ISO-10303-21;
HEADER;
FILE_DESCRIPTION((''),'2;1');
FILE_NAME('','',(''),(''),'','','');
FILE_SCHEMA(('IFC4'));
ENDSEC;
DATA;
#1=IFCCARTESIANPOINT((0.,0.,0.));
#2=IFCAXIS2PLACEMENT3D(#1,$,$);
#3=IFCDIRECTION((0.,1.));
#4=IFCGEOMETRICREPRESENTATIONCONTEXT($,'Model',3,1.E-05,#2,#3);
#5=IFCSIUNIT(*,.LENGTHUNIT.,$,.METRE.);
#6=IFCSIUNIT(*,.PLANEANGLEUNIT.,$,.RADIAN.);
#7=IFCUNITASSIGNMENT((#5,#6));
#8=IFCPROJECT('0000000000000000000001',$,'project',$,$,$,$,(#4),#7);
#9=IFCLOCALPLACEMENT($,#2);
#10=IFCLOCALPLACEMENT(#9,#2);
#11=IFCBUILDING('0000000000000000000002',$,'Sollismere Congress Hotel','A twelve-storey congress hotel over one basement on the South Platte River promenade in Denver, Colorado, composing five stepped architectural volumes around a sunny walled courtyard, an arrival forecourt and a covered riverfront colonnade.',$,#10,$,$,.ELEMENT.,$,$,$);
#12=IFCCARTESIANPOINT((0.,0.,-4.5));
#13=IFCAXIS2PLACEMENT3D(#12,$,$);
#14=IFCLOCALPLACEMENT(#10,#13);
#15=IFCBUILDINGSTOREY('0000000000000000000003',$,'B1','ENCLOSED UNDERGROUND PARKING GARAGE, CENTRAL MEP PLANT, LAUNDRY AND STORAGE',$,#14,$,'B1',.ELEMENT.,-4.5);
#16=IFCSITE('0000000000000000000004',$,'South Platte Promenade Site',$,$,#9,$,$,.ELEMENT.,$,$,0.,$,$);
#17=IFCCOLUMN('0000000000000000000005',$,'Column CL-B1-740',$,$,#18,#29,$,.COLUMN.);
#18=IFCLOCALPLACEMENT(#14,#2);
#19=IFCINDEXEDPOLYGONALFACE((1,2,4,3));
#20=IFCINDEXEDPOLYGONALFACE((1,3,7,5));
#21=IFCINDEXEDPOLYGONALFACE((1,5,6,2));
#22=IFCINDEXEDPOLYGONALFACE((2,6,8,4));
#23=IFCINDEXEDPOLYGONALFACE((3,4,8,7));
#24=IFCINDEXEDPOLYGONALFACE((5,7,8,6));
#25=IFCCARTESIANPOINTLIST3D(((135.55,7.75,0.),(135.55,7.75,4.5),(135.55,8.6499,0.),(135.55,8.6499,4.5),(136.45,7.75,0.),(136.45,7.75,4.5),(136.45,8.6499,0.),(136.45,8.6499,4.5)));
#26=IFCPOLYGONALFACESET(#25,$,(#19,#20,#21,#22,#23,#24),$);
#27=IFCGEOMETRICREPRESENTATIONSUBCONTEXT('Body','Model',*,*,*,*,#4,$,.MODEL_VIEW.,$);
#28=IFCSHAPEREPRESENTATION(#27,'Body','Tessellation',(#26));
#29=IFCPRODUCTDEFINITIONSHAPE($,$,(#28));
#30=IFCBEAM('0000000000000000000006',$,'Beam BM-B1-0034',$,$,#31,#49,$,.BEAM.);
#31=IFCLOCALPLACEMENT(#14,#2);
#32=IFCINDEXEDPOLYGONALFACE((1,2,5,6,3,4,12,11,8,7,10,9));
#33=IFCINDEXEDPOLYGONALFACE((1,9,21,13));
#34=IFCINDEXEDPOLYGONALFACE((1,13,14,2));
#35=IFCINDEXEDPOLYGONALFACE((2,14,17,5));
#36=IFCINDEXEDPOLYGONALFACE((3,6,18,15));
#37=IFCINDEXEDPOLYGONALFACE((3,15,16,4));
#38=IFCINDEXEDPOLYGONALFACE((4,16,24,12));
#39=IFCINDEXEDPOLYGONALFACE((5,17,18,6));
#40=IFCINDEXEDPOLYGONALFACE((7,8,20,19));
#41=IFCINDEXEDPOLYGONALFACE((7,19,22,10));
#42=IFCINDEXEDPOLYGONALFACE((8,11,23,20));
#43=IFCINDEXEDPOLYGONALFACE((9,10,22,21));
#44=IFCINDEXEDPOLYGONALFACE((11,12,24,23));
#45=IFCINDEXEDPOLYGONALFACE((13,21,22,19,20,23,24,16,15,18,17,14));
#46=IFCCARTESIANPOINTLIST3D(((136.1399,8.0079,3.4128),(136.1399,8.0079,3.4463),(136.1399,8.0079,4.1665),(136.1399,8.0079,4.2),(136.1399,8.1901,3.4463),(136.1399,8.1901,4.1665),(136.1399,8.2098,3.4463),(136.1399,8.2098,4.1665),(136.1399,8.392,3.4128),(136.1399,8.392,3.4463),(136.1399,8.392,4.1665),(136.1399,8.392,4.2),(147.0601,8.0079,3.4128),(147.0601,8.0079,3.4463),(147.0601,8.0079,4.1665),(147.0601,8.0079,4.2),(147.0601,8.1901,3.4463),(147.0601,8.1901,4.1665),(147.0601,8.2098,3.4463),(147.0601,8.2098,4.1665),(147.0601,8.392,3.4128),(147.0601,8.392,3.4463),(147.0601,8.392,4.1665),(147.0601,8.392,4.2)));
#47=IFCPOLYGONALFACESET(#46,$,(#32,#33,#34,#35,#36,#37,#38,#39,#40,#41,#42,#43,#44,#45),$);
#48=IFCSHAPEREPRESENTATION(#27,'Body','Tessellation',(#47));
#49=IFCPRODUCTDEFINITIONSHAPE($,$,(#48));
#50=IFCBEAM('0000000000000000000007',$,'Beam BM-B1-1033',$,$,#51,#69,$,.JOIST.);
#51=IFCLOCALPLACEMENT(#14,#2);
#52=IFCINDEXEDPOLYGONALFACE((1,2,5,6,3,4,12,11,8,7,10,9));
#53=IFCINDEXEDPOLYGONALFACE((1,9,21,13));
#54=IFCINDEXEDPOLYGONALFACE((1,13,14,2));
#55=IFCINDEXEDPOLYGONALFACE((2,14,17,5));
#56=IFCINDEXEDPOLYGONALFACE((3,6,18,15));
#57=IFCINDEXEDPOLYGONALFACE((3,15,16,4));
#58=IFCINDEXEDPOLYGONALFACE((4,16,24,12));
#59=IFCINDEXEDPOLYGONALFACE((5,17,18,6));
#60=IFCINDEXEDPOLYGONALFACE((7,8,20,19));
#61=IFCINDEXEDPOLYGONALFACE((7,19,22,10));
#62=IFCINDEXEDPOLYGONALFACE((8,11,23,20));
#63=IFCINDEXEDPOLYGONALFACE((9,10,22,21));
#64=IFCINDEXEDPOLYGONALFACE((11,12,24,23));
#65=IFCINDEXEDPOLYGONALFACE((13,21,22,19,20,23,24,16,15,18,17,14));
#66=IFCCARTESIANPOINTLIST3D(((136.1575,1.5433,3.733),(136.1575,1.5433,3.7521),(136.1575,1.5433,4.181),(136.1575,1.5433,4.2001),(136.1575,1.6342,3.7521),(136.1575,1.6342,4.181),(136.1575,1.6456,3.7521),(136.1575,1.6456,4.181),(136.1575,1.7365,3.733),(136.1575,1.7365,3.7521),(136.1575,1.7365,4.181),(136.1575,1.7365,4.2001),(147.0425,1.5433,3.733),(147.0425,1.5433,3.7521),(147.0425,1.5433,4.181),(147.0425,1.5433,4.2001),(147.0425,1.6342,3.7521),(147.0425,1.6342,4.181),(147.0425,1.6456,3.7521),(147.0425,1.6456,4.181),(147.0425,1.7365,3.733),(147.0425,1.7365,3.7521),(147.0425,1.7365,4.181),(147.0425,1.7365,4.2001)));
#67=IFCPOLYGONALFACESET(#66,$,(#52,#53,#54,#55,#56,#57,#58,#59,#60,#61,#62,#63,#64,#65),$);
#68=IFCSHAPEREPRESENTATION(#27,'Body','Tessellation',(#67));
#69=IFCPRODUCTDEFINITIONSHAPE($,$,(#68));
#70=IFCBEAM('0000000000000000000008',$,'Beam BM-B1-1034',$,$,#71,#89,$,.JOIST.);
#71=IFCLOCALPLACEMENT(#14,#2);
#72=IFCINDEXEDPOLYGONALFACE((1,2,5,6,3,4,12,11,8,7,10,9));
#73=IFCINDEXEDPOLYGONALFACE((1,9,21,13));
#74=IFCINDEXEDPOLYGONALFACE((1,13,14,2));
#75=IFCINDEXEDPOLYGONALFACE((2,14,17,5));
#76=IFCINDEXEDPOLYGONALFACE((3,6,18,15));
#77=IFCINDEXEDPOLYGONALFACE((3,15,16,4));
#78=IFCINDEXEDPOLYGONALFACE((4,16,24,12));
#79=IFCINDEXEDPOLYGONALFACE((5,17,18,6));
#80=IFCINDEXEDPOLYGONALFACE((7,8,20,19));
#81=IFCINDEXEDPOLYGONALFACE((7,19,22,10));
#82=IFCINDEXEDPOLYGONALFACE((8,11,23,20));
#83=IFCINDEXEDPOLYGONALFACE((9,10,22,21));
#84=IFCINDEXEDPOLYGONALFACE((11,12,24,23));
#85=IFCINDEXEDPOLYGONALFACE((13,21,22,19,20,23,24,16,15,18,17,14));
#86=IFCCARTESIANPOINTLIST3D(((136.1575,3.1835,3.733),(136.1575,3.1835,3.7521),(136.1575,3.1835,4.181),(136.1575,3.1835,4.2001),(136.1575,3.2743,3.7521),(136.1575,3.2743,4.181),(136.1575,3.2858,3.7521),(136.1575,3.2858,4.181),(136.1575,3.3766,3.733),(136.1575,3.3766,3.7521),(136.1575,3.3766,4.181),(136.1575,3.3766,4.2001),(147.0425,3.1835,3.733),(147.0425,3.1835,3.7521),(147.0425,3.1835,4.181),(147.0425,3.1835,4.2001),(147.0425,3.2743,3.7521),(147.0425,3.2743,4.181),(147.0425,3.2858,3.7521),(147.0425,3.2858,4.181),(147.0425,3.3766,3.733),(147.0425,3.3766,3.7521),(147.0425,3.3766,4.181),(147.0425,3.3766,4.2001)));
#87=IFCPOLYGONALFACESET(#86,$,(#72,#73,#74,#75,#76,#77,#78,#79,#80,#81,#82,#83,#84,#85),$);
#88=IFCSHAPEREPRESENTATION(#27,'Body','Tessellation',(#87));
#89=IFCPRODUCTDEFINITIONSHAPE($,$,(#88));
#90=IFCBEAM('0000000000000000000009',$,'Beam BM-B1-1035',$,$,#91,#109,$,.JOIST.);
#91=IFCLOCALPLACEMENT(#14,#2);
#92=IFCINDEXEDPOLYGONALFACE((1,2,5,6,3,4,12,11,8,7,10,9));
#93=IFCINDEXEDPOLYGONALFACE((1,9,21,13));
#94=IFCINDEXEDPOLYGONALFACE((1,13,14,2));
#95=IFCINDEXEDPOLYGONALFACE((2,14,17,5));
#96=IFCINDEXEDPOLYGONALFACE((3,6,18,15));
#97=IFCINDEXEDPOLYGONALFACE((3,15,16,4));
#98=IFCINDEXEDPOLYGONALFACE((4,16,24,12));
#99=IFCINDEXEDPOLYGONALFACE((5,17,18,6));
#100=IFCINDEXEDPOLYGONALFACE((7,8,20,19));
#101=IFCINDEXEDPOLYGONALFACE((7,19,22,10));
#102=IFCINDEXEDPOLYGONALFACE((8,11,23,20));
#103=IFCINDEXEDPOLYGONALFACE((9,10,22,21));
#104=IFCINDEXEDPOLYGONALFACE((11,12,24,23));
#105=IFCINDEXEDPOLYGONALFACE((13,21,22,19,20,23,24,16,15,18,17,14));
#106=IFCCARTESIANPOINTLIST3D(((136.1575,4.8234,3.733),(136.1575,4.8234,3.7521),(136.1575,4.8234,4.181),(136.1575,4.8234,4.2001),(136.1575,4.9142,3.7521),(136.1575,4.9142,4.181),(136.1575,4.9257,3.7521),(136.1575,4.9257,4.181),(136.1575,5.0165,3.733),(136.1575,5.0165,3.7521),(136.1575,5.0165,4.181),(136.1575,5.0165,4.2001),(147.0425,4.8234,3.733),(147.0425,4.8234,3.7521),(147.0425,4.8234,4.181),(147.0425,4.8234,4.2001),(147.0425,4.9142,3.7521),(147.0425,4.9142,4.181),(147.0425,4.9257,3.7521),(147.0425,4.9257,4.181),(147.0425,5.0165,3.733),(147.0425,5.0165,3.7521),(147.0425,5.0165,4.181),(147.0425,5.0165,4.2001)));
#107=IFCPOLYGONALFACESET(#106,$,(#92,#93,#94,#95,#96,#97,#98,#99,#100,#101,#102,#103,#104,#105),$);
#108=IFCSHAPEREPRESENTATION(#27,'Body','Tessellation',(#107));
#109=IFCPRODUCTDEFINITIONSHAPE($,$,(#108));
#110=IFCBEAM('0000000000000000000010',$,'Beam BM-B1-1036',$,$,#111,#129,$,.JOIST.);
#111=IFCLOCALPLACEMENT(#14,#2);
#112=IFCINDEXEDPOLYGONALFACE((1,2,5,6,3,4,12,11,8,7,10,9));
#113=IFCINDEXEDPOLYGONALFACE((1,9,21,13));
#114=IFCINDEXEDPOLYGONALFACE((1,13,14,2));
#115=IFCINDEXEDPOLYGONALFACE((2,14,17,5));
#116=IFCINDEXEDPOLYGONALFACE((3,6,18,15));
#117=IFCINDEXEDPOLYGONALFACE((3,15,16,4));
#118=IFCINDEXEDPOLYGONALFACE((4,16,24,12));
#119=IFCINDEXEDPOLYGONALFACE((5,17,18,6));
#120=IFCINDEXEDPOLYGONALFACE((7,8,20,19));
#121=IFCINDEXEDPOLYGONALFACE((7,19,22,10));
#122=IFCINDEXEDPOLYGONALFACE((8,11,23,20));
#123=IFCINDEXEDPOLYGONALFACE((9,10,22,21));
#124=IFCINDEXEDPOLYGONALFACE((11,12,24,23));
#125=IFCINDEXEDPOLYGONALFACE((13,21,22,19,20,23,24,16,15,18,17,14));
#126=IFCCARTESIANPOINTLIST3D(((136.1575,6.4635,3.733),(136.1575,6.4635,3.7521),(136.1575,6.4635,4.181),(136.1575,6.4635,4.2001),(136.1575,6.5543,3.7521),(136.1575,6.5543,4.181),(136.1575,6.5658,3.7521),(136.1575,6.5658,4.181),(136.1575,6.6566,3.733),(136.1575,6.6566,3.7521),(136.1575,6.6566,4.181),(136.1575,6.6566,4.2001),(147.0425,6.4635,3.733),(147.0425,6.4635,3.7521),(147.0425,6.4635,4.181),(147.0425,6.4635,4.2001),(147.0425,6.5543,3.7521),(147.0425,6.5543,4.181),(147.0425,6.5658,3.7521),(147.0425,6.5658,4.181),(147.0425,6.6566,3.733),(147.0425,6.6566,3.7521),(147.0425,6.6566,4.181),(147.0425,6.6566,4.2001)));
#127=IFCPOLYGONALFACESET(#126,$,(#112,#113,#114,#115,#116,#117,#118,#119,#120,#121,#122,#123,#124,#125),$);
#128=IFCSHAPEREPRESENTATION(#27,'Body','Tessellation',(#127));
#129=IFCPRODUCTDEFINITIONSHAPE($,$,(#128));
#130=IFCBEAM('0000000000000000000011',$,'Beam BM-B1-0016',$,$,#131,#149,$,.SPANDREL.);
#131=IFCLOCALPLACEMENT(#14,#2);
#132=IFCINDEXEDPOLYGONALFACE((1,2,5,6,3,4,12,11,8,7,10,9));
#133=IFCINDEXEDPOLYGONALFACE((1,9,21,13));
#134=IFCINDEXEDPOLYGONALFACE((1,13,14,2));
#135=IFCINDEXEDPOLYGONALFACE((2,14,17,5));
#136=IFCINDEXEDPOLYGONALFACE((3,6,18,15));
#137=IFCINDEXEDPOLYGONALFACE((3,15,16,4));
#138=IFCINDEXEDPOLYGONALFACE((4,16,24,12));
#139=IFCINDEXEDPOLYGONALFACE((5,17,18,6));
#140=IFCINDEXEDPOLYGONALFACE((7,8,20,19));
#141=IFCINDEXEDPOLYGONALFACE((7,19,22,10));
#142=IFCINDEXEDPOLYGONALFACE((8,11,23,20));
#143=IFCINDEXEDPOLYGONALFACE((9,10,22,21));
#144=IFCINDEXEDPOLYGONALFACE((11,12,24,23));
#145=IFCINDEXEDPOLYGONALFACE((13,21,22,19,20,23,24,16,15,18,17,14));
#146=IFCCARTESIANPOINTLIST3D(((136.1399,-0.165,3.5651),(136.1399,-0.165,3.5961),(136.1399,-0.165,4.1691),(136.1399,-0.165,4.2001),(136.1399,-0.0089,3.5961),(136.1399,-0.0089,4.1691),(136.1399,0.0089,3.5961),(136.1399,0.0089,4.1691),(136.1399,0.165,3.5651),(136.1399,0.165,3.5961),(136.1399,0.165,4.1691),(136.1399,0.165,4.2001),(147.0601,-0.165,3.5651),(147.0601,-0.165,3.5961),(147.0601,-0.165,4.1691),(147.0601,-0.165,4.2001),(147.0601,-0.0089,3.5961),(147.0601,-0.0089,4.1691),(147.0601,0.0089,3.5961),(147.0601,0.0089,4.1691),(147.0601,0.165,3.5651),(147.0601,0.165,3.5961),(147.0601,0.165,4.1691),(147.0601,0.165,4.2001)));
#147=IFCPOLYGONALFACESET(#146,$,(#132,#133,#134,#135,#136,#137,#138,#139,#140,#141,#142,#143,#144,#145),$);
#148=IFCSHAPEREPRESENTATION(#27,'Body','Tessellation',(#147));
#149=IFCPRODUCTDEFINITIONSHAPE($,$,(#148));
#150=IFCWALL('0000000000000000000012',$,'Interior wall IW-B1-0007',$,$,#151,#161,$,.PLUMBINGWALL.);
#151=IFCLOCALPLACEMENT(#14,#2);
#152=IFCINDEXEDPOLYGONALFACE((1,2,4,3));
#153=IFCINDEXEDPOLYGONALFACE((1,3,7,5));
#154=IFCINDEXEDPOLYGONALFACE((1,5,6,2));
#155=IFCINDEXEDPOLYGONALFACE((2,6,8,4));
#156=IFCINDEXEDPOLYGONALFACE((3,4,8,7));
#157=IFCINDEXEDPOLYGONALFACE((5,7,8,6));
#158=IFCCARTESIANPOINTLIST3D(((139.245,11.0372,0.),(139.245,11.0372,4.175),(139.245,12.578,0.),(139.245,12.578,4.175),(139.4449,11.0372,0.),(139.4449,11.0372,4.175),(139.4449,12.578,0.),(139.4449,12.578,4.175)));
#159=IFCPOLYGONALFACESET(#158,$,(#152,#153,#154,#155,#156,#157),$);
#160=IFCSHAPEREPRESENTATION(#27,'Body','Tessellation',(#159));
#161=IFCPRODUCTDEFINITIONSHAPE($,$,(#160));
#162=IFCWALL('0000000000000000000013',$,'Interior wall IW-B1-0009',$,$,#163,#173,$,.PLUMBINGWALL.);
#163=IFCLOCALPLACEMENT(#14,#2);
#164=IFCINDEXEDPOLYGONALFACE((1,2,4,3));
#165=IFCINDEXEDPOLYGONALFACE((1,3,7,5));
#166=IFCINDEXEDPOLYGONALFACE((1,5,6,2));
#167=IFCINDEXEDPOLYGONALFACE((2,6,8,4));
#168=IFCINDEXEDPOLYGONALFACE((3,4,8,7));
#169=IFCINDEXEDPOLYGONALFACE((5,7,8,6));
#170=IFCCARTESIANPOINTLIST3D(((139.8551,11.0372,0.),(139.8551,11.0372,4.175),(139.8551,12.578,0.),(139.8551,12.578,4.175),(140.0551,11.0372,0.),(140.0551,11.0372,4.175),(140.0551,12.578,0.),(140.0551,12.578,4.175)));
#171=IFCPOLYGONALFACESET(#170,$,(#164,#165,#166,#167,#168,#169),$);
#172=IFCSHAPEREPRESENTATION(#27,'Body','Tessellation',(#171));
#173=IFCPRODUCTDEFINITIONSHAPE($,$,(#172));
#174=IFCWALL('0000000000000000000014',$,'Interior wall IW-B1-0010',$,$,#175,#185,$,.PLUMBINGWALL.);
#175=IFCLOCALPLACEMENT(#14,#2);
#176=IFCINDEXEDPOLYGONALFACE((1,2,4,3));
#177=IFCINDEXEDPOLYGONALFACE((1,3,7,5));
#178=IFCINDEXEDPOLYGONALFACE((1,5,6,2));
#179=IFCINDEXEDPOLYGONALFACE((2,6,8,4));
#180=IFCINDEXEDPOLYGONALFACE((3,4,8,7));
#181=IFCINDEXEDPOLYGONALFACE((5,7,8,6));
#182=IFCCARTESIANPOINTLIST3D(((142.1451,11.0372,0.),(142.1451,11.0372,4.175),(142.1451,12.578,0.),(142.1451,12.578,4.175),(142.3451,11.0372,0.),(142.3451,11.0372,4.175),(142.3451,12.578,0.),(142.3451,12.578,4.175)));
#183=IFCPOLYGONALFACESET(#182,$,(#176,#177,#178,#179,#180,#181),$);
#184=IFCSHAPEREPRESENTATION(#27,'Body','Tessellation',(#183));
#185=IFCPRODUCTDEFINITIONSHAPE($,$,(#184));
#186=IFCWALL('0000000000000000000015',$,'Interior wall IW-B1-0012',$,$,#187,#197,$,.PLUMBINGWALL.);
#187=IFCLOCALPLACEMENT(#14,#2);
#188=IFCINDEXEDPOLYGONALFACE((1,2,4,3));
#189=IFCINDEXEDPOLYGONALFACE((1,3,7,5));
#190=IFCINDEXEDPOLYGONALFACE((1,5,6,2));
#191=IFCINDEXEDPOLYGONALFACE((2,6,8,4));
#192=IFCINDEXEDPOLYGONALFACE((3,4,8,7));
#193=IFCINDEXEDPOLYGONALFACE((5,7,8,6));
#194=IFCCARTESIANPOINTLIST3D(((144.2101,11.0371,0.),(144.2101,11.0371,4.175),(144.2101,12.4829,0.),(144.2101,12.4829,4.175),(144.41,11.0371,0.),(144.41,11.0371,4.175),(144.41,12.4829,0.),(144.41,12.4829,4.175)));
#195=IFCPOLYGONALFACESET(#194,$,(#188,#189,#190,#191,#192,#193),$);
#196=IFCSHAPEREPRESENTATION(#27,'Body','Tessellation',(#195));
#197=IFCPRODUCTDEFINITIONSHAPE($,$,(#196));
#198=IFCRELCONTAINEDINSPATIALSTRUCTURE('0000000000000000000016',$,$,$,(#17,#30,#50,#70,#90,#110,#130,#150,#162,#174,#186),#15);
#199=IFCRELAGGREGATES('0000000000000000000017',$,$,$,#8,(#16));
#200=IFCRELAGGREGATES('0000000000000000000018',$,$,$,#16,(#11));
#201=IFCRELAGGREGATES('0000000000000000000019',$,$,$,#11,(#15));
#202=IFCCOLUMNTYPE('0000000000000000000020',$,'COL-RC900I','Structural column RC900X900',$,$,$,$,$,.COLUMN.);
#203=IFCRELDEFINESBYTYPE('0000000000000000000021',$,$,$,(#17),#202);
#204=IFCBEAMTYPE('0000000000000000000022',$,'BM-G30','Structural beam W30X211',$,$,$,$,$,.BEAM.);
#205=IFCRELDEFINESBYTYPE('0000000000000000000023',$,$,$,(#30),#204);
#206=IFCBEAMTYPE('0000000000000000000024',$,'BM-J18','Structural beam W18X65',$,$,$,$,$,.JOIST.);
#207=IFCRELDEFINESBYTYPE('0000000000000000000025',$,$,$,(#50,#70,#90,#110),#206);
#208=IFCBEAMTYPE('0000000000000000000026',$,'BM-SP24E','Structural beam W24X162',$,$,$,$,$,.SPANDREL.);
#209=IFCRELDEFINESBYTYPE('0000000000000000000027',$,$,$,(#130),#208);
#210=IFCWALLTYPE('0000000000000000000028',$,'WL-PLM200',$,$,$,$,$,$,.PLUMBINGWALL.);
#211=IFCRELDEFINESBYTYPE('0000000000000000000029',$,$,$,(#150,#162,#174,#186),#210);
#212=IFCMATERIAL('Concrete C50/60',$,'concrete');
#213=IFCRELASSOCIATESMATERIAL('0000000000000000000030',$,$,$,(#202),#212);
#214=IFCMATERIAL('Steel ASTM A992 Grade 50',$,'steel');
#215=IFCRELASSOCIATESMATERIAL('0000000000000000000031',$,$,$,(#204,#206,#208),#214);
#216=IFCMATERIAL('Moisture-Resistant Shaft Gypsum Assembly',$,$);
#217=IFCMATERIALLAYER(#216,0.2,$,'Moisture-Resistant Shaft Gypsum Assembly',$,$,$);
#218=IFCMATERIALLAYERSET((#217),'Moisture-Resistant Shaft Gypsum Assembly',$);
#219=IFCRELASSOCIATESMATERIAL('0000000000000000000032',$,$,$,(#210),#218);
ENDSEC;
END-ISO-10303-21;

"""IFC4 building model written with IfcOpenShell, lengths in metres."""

from ifc_helpers import new_model, si_unit, direction, frame, frame_2d, origin, origin_2d, place, context, subcontext, project, spatial, rectangle, i_section, extrude, material, layer, layer_set, material_profile, profile_set, type_object, element, save


model = new_model("IFC4")

# Units and contexts
model_context = context("Model", 3, precision=1e-05, world=origin(), true_north=direction((0.0, 1.0)))
body_context = subcontext(model_context, "Body", "Model", "MODEL_VIEW")
ifc_project = project(units=[si_unit("LENGTHUNIT", "METRE"), si_unit("PLANEANGLEUNIT", "RADIAN")], contexts=[model_context])

# Site, building, storey
site_placement = place(None, origin())
site = spatial("IfcSite", under=ifc_project, at=site_placement, Name="South Platte Promenade Site", CompositionType="ELEMENT", RefElevation=0.0)
building_placement = place(site_placement, origin())
building = spatial("IfcBuilding", under=site, at=building_placement, Name="Sollismere Congress Hotel", Description="A twelve-storey congress hotel over one basement on the South Platte River promenade in Denver, Colorado, composing five stepped architectural volumes around a sunny walled courtyard, an arrival forecourt and a covered riverfront colonnade.", CompositionType="ELEMENT")
storey_placement = place(building_placement, frame((0.0, 0.0, -4.5)))
storey = spatial("IfcBuildingStorey", under=building, at=storey_placement, Name="B1", Description="ENCLOSED UNDERGROUND PARKING GARAGE, CENTRAL MEP PLANT, LAUNDRY AND STORAGE", LongName="B1", CompositionType="ELEMENT", Elevation=-4.5)

# Column
ifc_material_1 = material(Name="Concrete C50/60", Category="concrete")
ifc_material_profile_1 = material_profile(ifc_material_1, rectangle(XDim=0.8999, YDim=0.8999, at=origin_2d()), Name="RC900X900")
ifc_profile_set_1 = profile_set([ifc_material_profile_1], Name="Concrete C50/60")
column_type = type_object("IfcColumnType", Name="COL-RC900I", Description="Structural column RC900X900", PredefinedType="COLUMN", material=ifc_profile_set_1)
column_placement = place(storey_placement, frame((136.0, 8.2, 0.0), z_axis=(0.0, 0.0, 1.0), x_axis=(1.0, 0.0, 0.0)))
element("IfcColumn", 1, at=column_placement, inside=storey, type_object=column_type, Name="Column CL-B1-740", PredefinedType="COLUMN", context=body_context, shape_type="SweptSolid", body=[
    extrude(rectangle(XDim=0.8999, YDim=0.8999, at=origin_2d()), origin(), (0.0, 0.0, 1.0), 4.5),
])

# Beams
ifc_material_2 = material(Name="Steel ASTM A992 Grade 50", Category="steel")
ifc_material_profile_2 = material_profile(ifc_material_2, i_section(OverallWidth=0.384, OverallDepth=0.7871, WebThickness=0.0198, FlangeThickness=0.0334, at=origin_2d()), Name="W30X211")
ifc_profile_set_2 = profile_set([ifc_material_profile_2], Name="Steel ASTM A992 Grade 50")
beam_type_1 = type_object("IfcBeamType", Name="BM-G30", Description="Structural beam W30X211", PredefinedType="BEAM", material=ifc_profile_set_2)
beam_1_placement = place(storey_placement, frame((136.1399, 8.2, 3.8064), z_axis=(1.0, 0.0, 0.0), x_axis=(0.0, 1.0, 0.0)))
element("IfcBeam", 2, at=beam_1_placement, inside=storey, type_object=beam_type_1, Name="Beam BM-B1-0034", PredefinedType="BEAM", context=body_context, shape_type="SweptSolid", body=[
    extrude(i_section(OverallWidth=0.384, OverallDepth=0.7871, WebThickness=0.0198, FlangeThickness=0.0334, at=origin_2d()), origin(), (0.0, 0.0, 1.0), 10.9202),
])
ifc_material_profile_3 = material_profile(ifc_material_2, i_section(OverallWidth=0.1931, OverallDepth=0.467, WebThickness=0.0115, FlangeThickness=0.019, at=origin_2d()), Name="W18X65")
ifc_profile_set_3 = profile_set([ifc_material_profile_3], Name="Steel ASTM A992 Grade 50")
beam_type_2 = type_object("IfcBeamType", Name="BM-J18", Description="Structural beam W18X65", PredefinedType="JOIST", material=ifc_profile_set_3)
for number, where, z_axis, x_axis, name in (
    (3, (136.1575, 1.6399, 3.9666), (1.0, 0.0, 0.0), (0.0, 1.0, 0.0), "Beam BM-B1-1033"),
    (4, (136.1575, 3.28, 3.9666), (1.0, 0.0, 0.0), (0.0, 1.0, 0.0), "Beam BM-B1-1034"),
    (5, (136.1575, 4.9199, 3.9666), (1.0, 0.0, 0.0), (0.0, 1.0, 0.0), "Beam BM-B1-1035"),
    (6, (136.1575, 6.5601, 3.9666), (1.0, 0.0, 0.0), (0.0, 1.0, 0.0), "Beam BM-B1-1036"),
):
    element("IfcBeam", number, at=place(storey_placement, frame(where, z_axis=z_axis, x_axis=x_axis)), inside=storey, type_object=beam_type_2, Name=name, PredefinedType="JOIST", context=body_context, shape_type="SweptSolid", body=[
        extrude(i_section(OverallWidth=0.1931, OverallDepth=0.467, WebThickness=0.0115, FlangeThickness=0.019, at=origin_2d()), origin(), (0.0, 0.0, 1.0), 10.885),
    ])
ifc_material_profile_4 = material_profile(ifc_material_2, i_section(OverallWidth=0.3301, OverallDepth=0.635, WebThickness=0.0178, FlangeThickness=0.031, at=origin_2d()), Name="W24X162")
ifc_profile_set_4 = profile_set([ifc_material_profile_4], Name="Steel ASTM A992 Grade 50")
beam_type_3 = type_object("IfcBeamType", Name="BM-SP24E", Description="Structural beam W24X162", PredefinedType="SPANDREL", material=ifc_profile_set_4)
beam_2_placement = place(storey_placement, frame((136.1399, 0.0, 3.8826), z_axis=(1.0, 0.0, 0.0), x_axis=(0.0, 1.0, 0.0)))
element("IfcBeam", 7, at=beam_2_placement, inside=storey, type_object=beam_type_3, Name="Beam BM-B1-0016", PredefinedType="SPANDREL", context=body_context, shape_type="SweptSolid", body=[
    extrude(i_section(OverallWidth=0.3301, OverallDepth=0.635, WebThickness=0.0178, FlangeThickness=0.031, at=origin_2d()), origin(), (0.0, 0.0, 1.0), 10.9202),
])

# Walls
ifc_material_3 = material(Name="Moisture-Resistant Shaft Gypsum Assembly")
ifc_layer_1 = layer(ifc_material_3, 0.2, Name="Moisture-Resistant Shaft Gypsum Assembly")
ifc_layer_set_1 = layer_set([ifc_layer_1], Name="Moisture-Resistant Shaft Gypsum Assembly")
wall_type_1 = type_object("IfcWallType", Name="WL-PLM200", PredefinedType="PLUMBINGWALL", material=ifc_layer_set_1)
for number, where, z_axis, x_axis, name in (
    (8, (139.345, 11.0371, 0.0), (0.0, 0.0, 1.0), (0.0, 1.0, 0.0), "Interior wall IW-B1-0007"),
    (9, (139.9551, 11.0371, 0.0), (0.0, 0.0, 1.0), (0.0, 1.0, 0.0), "Interior wall IW-B1-0009"),
    (10, (142.2451, 11.0371, 0.0), (0.0, 0.0, 1.0), (0.0, 1.0, 0.0), "Interior wall IW-B1-0010"),
):
    element("IfcWall", number, at=place(storey_placement, frame(where, z_axis=z_axis, x_axis=x_axis)), inside=storey, type_object=wall_type_1, Name=name, PredefinedType="PLUMBINGWALL", context=body_context, shape_type="SweptSolid", body=[
        extrude(rectangle(XDim=1.5408, YDim=0.2, at=frame_2d((0.7705, 0.0))), origin(), (0.0, 0.0, 1.0), 4.175),
    ])
wall_1_placement = place(storey_placement, frame((144.3101, 11.0371, 0.0), z_axis=(0.0, 0.0, 1.0), x_axis=(0.0, 1.0, 0.0)))
element("IfcWall", 11, at=wall_1_placement, inside=storey, type_object=wall_type_1, Name="Interior wall IW-B1-0012", PredefinedType="PLUMBINGWALL", context=body_context, shape_type="SweptSolid", body=[
    extrude(rectangle(XDim=1.4458, YDim=0.2, at=frame_2d((0.7229, 0.0))), origin(), (0.0, 0.0, 1.0), 4.175),
])

save(model, "model.ifc")
